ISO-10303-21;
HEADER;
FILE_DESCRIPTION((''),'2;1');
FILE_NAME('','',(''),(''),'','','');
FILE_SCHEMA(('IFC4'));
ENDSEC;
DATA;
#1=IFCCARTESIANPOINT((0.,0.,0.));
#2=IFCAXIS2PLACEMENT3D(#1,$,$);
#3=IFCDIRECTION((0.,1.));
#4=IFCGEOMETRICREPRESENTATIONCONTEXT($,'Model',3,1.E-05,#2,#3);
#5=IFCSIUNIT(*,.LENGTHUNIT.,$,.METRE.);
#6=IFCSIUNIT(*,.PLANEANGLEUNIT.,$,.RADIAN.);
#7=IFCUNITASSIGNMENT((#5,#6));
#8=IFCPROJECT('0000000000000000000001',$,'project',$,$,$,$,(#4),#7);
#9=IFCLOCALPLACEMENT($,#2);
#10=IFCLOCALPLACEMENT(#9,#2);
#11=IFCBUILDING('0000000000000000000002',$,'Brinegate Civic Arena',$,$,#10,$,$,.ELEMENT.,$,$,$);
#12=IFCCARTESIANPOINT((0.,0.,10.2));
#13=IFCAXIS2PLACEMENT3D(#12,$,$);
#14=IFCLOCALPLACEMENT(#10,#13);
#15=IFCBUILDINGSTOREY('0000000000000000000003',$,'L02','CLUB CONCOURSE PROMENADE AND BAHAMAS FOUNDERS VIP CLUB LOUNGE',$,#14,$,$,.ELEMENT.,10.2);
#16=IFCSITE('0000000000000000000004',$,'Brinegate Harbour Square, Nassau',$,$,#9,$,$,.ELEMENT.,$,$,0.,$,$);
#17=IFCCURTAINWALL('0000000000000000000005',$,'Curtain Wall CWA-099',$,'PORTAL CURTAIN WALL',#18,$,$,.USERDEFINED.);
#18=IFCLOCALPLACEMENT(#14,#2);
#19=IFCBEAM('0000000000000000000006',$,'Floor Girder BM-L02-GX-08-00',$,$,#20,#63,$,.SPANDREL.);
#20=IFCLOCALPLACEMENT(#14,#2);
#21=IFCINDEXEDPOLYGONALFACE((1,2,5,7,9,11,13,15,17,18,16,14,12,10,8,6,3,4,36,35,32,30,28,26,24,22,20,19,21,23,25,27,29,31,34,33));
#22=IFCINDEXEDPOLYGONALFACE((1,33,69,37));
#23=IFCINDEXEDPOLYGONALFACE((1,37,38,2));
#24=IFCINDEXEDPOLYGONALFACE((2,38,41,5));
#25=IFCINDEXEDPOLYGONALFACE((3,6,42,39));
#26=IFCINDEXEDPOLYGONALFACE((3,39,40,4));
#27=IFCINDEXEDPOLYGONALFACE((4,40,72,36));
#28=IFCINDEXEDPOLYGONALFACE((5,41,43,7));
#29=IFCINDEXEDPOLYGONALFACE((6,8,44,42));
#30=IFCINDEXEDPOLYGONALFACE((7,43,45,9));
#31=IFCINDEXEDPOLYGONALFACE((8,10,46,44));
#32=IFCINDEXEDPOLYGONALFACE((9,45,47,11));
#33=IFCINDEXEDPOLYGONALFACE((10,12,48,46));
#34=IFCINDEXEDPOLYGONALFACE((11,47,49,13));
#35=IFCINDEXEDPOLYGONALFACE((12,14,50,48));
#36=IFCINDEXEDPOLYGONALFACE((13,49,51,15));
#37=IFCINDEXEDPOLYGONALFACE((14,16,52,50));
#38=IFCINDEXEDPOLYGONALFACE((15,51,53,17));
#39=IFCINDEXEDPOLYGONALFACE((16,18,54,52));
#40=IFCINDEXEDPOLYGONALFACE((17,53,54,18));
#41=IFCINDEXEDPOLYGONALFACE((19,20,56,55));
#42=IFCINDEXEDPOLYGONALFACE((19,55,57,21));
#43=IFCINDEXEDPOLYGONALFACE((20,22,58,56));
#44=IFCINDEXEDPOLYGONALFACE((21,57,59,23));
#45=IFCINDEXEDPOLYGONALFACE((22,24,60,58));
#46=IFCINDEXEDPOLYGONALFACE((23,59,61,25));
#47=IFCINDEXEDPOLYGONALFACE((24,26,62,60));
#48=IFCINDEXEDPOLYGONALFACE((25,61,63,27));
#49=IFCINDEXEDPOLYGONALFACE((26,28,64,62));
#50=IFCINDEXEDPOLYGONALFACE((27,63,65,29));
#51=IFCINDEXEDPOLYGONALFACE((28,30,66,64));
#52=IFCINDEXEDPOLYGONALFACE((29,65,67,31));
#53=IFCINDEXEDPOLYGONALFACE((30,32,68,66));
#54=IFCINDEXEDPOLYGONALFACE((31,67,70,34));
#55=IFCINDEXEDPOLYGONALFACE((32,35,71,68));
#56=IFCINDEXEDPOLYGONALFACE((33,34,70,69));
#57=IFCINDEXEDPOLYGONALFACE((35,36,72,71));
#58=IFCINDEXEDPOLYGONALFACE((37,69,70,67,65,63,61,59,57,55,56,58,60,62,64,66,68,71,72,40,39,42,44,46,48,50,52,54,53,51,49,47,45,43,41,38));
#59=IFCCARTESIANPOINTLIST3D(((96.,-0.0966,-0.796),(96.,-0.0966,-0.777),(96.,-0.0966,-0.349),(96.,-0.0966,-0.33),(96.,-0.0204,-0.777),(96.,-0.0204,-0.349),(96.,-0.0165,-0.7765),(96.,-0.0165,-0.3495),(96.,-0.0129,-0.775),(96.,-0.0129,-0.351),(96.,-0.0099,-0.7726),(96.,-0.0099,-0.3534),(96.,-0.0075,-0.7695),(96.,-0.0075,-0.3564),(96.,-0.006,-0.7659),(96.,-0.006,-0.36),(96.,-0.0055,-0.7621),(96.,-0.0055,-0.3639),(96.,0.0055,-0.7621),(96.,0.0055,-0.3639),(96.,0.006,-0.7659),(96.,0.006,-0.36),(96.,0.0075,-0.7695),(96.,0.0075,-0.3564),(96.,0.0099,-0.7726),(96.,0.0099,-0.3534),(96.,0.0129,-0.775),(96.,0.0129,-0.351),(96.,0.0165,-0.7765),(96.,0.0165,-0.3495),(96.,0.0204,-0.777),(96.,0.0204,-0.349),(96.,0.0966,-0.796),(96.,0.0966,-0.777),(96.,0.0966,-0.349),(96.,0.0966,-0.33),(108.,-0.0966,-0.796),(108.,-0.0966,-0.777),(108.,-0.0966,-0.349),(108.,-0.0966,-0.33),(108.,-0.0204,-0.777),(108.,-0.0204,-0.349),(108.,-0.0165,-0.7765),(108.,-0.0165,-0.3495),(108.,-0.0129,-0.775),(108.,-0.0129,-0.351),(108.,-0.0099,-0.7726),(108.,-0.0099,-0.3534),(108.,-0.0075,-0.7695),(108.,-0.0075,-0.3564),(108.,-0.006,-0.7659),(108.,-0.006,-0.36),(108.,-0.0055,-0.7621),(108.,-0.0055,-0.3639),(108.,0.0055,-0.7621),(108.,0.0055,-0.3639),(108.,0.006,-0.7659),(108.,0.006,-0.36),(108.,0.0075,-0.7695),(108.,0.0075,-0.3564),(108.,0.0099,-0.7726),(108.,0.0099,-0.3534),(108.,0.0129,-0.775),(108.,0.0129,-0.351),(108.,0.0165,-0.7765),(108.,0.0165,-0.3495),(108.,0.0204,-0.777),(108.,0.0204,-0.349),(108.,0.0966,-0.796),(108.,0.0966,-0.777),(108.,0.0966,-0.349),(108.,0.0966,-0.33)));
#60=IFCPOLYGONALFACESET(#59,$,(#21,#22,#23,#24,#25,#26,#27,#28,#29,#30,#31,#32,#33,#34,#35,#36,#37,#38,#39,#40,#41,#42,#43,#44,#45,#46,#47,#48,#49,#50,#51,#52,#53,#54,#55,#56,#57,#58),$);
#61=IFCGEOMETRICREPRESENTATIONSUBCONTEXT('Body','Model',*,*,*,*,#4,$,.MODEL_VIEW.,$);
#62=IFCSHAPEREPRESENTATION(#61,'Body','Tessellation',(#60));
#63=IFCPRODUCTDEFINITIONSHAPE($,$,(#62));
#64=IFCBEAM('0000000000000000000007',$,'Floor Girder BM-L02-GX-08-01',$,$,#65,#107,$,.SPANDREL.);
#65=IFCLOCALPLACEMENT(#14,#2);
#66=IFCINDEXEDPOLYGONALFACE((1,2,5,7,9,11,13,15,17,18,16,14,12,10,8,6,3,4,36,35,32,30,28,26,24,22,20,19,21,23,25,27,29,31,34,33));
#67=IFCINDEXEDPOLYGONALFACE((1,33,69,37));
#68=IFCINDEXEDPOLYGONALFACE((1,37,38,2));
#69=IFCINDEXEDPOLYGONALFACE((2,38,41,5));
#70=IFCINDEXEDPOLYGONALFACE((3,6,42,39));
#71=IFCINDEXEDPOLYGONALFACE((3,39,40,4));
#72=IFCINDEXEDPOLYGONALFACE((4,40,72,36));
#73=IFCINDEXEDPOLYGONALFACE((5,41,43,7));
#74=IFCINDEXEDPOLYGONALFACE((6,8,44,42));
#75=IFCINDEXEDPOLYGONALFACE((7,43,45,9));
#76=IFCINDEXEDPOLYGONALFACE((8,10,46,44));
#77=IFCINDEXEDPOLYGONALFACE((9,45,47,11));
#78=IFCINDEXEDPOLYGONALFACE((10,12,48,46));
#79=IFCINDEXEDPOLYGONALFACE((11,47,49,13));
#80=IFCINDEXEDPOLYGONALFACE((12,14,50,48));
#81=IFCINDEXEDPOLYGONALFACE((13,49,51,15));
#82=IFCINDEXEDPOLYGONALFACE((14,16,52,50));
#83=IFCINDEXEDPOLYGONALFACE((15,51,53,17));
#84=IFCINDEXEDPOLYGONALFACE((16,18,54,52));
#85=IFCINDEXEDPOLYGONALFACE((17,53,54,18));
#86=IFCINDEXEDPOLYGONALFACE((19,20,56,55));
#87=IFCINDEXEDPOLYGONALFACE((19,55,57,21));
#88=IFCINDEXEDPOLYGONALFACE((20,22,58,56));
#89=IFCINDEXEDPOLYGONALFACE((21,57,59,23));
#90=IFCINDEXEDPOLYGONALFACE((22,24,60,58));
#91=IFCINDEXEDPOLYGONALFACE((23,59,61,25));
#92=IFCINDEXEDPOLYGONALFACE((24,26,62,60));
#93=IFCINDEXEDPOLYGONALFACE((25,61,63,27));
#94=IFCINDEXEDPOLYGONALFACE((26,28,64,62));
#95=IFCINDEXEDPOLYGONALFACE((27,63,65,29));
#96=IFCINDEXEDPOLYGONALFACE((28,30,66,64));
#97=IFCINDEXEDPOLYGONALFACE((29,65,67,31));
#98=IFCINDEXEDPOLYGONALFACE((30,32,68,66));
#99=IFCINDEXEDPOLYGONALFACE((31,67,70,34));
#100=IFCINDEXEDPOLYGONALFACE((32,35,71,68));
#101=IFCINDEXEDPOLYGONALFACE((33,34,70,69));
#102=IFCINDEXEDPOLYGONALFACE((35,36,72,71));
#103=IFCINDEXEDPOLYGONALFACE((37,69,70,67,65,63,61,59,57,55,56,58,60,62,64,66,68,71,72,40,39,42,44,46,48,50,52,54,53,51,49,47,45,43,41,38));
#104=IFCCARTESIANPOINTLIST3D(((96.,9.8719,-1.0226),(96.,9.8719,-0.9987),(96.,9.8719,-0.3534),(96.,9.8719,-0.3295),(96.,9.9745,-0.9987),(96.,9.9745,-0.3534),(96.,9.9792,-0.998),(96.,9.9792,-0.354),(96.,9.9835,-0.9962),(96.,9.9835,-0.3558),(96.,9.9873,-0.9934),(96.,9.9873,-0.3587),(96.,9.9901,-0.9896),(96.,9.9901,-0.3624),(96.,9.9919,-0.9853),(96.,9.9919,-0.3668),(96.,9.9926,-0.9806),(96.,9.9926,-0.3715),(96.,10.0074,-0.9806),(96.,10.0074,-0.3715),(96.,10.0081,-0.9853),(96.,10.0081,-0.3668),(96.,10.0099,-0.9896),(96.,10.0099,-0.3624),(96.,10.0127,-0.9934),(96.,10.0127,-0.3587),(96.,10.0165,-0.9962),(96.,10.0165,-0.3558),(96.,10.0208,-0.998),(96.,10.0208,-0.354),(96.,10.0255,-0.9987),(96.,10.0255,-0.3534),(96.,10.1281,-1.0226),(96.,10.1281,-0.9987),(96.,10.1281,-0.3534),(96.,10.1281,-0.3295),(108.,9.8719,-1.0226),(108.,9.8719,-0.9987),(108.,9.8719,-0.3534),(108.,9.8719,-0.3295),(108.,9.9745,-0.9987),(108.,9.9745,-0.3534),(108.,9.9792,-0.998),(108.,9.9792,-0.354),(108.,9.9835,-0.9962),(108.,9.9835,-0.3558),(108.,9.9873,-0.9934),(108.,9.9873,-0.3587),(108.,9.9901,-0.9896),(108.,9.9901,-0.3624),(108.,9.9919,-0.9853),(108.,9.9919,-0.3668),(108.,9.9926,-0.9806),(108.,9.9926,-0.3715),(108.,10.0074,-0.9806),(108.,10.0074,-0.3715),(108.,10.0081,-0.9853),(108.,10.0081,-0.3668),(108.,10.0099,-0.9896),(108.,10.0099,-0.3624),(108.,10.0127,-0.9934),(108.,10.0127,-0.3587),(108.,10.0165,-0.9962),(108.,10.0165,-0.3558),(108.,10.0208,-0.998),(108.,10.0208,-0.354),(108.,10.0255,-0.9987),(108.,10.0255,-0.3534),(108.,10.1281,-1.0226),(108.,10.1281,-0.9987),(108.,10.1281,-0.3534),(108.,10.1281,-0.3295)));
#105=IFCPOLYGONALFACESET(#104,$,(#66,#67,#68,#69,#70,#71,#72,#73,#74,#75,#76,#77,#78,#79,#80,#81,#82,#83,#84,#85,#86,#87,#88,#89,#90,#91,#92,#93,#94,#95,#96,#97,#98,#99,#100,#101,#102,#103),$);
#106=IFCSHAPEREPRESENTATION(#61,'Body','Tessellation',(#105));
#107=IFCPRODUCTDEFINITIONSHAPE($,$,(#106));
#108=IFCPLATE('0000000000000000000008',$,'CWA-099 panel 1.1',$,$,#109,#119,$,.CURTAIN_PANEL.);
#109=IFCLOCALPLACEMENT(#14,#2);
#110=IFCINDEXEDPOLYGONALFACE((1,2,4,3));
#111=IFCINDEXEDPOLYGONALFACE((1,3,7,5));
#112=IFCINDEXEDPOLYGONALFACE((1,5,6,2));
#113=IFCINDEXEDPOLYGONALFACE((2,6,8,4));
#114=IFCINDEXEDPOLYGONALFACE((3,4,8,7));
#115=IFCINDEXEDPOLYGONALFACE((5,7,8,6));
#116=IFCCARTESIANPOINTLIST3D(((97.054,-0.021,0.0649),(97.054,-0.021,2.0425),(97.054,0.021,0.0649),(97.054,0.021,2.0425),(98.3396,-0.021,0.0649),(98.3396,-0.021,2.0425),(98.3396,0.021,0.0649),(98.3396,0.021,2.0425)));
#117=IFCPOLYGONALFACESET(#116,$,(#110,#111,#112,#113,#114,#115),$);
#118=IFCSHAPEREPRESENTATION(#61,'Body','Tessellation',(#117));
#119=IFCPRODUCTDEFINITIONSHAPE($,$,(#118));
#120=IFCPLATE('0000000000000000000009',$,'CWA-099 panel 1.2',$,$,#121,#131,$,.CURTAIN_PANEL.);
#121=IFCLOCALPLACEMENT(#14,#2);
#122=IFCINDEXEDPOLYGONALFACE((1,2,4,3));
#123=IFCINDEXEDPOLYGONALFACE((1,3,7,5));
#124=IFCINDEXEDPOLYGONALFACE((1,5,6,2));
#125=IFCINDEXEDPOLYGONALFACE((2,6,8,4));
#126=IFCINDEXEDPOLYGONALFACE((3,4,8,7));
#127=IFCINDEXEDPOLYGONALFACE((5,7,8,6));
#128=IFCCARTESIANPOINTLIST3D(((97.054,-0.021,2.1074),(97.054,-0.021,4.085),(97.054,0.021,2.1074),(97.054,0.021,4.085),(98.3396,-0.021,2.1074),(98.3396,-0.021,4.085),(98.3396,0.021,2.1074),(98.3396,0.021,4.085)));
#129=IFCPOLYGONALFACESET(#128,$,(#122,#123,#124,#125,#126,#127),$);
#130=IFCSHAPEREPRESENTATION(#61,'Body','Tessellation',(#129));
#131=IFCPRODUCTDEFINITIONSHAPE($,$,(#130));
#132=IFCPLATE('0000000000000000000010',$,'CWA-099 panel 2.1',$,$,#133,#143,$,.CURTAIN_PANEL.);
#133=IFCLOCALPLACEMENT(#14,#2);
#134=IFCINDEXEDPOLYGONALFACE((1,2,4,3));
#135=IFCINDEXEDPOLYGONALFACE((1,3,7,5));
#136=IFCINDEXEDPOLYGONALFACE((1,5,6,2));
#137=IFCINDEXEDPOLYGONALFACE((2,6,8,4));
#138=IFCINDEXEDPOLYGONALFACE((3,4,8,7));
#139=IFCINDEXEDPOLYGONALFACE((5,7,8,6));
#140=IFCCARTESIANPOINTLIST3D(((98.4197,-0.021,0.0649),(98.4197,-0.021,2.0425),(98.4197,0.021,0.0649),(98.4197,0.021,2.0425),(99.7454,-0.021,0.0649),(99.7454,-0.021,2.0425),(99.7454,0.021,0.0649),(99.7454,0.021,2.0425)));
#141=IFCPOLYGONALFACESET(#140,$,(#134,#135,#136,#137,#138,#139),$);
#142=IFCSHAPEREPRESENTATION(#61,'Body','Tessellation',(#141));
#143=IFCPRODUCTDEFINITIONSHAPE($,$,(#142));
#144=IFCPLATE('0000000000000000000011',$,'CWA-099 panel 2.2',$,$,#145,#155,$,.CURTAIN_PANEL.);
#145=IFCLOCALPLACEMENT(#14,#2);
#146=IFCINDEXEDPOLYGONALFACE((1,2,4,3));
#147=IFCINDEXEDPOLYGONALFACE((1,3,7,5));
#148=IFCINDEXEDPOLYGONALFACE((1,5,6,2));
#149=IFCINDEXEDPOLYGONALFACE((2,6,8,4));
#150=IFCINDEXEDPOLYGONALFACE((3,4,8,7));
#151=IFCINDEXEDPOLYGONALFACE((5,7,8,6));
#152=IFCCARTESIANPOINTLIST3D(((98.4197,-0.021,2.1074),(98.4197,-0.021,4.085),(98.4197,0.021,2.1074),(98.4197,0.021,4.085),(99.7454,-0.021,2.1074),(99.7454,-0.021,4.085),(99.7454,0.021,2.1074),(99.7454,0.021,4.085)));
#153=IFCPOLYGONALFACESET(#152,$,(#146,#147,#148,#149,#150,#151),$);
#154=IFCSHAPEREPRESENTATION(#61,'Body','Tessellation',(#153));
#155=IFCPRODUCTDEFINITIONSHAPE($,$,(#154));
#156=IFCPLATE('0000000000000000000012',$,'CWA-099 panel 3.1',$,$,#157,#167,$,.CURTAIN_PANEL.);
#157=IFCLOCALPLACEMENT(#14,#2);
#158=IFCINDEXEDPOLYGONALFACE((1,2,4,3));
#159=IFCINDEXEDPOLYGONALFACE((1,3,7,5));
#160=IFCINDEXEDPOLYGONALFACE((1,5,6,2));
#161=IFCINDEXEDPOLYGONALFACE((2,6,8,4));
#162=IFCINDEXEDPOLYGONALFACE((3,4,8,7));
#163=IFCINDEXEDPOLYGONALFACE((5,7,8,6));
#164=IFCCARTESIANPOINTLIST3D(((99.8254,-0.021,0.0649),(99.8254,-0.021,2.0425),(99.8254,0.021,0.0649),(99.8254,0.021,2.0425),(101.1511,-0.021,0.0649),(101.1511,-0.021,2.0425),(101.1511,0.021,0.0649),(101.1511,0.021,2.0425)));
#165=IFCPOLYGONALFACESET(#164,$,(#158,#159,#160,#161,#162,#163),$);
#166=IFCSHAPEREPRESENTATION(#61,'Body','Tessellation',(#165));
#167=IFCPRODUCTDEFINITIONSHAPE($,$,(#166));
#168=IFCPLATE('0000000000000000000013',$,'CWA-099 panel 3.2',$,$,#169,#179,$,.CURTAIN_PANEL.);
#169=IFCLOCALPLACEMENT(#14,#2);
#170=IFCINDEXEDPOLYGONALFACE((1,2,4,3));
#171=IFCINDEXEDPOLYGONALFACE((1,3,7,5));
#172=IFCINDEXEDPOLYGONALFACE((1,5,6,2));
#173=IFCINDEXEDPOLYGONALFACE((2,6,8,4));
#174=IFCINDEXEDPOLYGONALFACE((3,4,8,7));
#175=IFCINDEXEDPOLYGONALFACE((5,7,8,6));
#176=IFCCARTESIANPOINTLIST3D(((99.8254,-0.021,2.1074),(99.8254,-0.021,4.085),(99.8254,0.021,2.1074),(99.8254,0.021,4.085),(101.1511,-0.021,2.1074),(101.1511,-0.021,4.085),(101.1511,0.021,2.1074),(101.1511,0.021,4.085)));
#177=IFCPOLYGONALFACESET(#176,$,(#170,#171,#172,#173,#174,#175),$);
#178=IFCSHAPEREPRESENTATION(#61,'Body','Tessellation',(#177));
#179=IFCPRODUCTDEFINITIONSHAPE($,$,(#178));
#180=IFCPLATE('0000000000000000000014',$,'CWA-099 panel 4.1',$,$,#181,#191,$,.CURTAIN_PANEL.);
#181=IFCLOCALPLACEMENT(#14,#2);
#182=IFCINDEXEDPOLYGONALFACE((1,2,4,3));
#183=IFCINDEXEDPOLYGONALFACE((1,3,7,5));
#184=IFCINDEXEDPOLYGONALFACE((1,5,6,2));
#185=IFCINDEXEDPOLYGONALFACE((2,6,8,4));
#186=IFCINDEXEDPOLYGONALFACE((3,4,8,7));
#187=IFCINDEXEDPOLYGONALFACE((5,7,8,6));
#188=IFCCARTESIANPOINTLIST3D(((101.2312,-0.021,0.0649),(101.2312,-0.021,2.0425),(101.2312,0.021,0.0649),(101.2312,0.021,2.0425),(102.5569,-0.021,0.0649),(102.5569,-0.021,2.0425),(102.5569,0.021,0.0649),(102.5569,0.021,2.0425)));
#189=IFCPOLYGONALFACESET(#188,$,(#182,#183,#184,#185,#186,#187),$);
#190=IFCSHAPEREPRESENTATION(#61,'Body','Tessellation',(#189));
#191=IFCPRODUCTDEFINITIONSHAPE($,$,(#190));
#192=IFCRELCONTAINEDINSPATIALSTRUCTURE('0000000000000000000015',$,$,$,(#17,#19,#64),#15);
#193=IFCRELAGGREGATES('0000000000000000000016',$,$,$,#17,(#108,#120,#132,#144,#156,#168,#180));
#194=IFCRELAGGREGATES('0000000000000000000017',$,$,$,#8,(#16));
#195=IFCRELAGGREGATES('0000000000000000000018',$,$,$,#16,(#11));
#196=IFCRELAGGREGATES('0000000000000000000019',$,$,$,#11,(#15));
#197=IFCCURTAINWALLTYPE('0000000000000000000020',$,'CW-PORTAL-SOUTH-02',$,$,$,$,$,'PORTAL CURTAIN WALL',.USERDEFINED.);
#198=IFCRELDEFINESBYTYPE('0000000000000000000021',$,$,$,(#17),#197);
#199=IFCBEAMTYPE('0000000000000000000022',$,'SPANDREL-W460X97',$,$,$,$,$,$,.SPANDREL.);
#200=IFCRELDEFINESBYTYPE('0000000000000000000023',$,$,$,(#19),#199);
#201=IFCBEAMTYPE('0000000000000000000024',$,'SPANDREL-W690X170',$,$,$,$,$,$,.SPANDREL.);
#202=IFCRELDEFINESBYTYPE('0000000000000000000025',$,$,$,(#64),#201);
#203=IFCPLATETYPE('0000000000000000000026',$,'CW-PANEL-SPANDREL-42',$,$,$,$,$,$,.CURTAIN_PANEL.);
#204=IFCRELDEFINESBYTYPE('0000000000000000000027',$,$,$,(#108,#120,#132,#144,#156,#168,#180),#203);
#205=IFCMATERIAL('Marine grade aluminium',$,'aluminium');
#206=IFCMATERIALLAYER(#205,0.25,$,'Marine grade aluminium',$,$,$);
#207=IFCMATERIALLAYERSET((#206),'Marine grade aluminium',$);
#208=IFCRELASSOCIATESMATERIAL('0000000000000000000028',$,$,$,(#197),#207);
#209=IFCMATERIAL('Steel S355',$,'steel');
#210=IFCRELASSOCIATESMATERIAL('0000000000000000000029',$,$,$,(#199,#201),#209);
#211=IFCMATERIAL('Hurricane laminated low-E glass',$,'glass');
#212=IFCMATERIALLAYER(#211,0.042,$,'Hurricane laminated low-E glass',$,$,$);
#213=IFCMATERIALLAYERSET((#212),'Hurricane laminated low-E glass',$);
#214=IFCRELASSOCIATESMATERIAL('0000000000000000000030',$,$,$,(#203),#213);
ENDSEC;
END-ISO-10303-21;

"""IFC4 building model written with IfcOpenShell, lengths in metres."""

from ifc_helpers import new_model, si_unit, direction, frame, origin, origin_2d, place, context, subcontext, project, spatial, rectangle, i_section, extrude, material, layer, layer_set, material_profile, profile_set, type_object, element, aggregate, save


model = new_model("IFC4")

# Units and contexts
model_context = context("Model", 3, precision=1e-05, world=origin(), true_north=direction((0.0, 1.0)))
body_context = subcontext(model_context, "Body", "Model", "MODEL_VIEW")
ifc_project = project(units=[si_unit("LENGTHUNIT", "METRE"), si_unit("PLANEANGLEUNIT", "RADIAN")], contexts=[model_context])

# Site, building, storey
site_placement = place(None, origin())
site = spatial("IfcSite", under=ifc_project, at=site_placement, Name="Brinegate Harbour Square, Nassau", CompositionType="ELEMENT", RefElevation=0.0)
building_placement = place(site_placement, origin())
building = spatial("IfcBuilding", under=site, at=building_placement, Name="Brinegate Civic Arena", CompositionType="ELEMENT")
storey_placement = place(building_placement, frame((0.0, 0.0, 10.2)))
storey = spatial("IfcBuildingStorey", under=building, at=storey_placement, Name="L02", Description="CLUB CONCOURSE PROMENADE AND BAHAMAS FOUNDERS VIP CLUB LOUNGE", CompositionType="ELEMENT", Elevation=10.2)

# Shared definitions
ifc_material_1 = material(Name="Marine grade aluminium", Category="aluminium")
ifc_layer_1 = layer(ifc_material_1, 0.25, Name="Marine grade aluminium")
ifc_layer_set_1 = layer_set([ifc_layer_1], Name="Marine grade aluminium")
curtain_wall_type = type_object("IfcCurtainWallType", Name="CW-PORTAL-SOUTH-02", ElementType="PORTAL CURTAIN WALL", PredefinedType="USERDEFINED", material=ifc_layer_set_1)

# Curtain wall
curtain_wall_1_placement = place(storey_placement, origin())
curtain_wall_1 = element("IfcCurtainWall", 1, at=curtain_wall_1_placement, inside=storey, type_object=curtain_wall_type, Name="Curtain Wall CWA-099", ObjectType="PORTAL CURTAIN WALL", PredefinedType="USERDEFINED")

# Beams
ifc_material_2 = material(Name="Steel S355", Category="steel")
ifc_material_profile_1 = material_profile(ifc_material_2, i_section(OverallWidth=0.1931, OverallDepth=0.4661, WebThickness=0.011, FlangeThickness=0.019, FilletRadius=0.0149, at=origin_2d()), Name="W460X97")
ifc_profile_set_1 = profile_set([ifc_material_profile_1], Name="Steel S355")
beam_type_1 = type_object("IfcBeamType", Name="SPANDREL-W460X97", PredefinedType="SPANDREL", material=ifc_profile_set_1)
beam_1_placement = place(storey_placement, frame((96.0, 0.0, -0.563), z_axis=(1.0, 0.0, 0.0), x_axis=(0.0, 1.0, 0.0)))
element("IfcBeam", 2, at=beam_1_placement, inside=storey, type_object=beam_type_1, Name="Floor Girder BM-L02-GX-08-00", PredefinedType="SPANDREL", context=body_context, shape_type="SweptSolid", body=[
    extrude(i_section(OverallWidth=0.1931, OverallDepth=0.4661, WebThickness=0.011, FlangeThickness=0.019, FilletRadius=0.0149, at=origin_2d()), origin(), (0.0, 0.0, 1.0), 12.0),
])
ifc_material_profile_2 = material_profile(ifc_material_2, i_section(OverallWidth=0.2561, OverallDepth=0.6931, WebThickness=0.0149, FlangeThickness=0.0239, FilletRadius=0.0181, at=origin_2d()), Name="W690X170")
ifc_profile_set_2 = profile_set([ifc_material_profile_2], Name="Steel S355")
beam_type_2 = type_object("IfcBeamType", Name="SPANDREL-W690X170", PredefinedType="SPANDREL", material=ifc_profile_set_2)
beam_2_placement = place(storey_placement, frame((96.0, 10.0, -0.676), z_axis=(1.0, 0.0, 0.0), x_axis=(0.0, 1.0, 0.0)))
element("IfcBeam", 3, at=beam_2_placement, inside=storey, type_object=beam_type_2, Name="Floor Girder BM-L02-GX-08-01", PredefinedType="SPANDREL", context=body_context, shape_type="SweptSolid", body=[
    extrude(i_section(OverallWidth=0.2561, OverallDepth=0.6931, WebThickness=0.0149, FlangeThickness=0.0239, FilletRadius=0.0181, at=origin_2d()), origin(), (0.0, 0.0, 1.0), 12.0),
])

# Plates
ifc_material_3 = material(Name="Hurricane laminated low-E glass", Category="glass")
ifc_layer_2 = layer(ifc_material_3, 0.042, Name="Hurricane laminated low-E glass")
ifc_layer_set_2 = layer_set([ifc_layer_2], Name="Hurricane laminated low-E glass")
plate_type = type_object("IfcPlateType", Name="CW-PANEL-SPANDREL-42", PredefinedType="CURTAIN_PANEL", material=ifc_layer_set_2)
plate_1_placement = place(storey_placement, frame((97.6968, 0.0, 0.0649), z_axis=(0.0, 0.0, 1.0), x_axis=(1.0, 0.0, 0.0)))
plate_1 = element("IfcPlate", 4, at=plate_1_placement, type_object=plate_type, Name="CWA-099 panel 1.1", PredefinedType="CURTAIN_PANEL", context=body_context, shape_type="SweptSolid", body=[
    extrude(rectangle(XDim=1.2856, YDim=0.042, at=origin_2d()), origin(), (0.0, 0.0, 1.0), 1.9775),
])
plate_2_placement = place(storey_placement, frame((97.6968, 0.0, 2.1074), z_axis=(0.0, 0.0, 1.0), x_axis=(1.0, 0.0, 0.0)))
plate_2 = element("IfcPlate", 5, at=plate_2_placement, type_object=plate_type, Name="CWA-099 panel 1.2", PredefinedType="CURTAIN_PANEL", context=body_context, shape_type="SweptSolid", body=[
    extrude(rectangle(XDim=1.2856, YDim=0.042, at=origin_2d()), origin(), (0.0, 0.0, 1.0), 1.9775),
])
plate_3_placement = place(storey_placement, frame((99.0825, 0.0, 0.0649), z_axis=(0.0, 0.0, 1.0), x_axis=(1.0, 0.0, 0.0)))
plate_3 = element("IfcPlate", 6, at=plate_3_placement, type_object=plate_type, Name="CWA-099 panel 2.1", PredefinedType="CURTAIN_PANEL", context=body_context, shape_type="SweptSolid", body=[
    extrude(rectangle(XDim=1.3257, YDim=0.042, at=origin_2d()), origin(), (0.0, 0.0, 1.0), 1.9775),
])
plate_4_placement = place(storey_placement, frame((99.0825, 0.0, 2.1074), z_axis=(0.0, 0.0, 1.0), x_axis=(1.0, 0.0, 0.0)))
plate_4 = element("IfcPlate", 7, at=plate_4_placement, type_object=plate_type, Name="CWA-099 panel 2.2", PredefinedType="CURTAIN_PANEL", context=body_context, shape_type="SweptSolid", body=[
    extrude(rectangle(XDim=1.3257, YDim=0.042, at=origin_2d()), origin(), (0.0, 0.0, 1.0), 1.9775),
])
plate_5_placement = place(storey_placement, frame((100.4883, 0.0, 0.0649), z_axis=(0.0, 0.0, 1.0), x_axis=(1.0, 0.0, 0.0)))
plate_5 = element("IfcPlate", 8, at=plate_5_placement, type_object=plate_type, Name="CWA-099 panel 3.1", PredefinedType="CURTAIN_PANEL", context=body_context, shape_type="SweptSolid", body=[
    extrude(rectangle(XDim=1.3257, YDim=0.042, at=origin_2d()), origin(), (0.0, 0.0, 1.0), 1.9775),
])
plate_6_placement = place(storey_placement, frame((100.4883, 0.0, 2.1074), z_axis=(0.0, 0.0, 1.0), x_axis=(1.0, 0.0, 0.0)))
plate_6 = element("IfcPlate", 9, at=plate_6_placement, type_object=plate_type, Name="CWA-099 panel 3.2", PredefinedType="CURTAIN_PANEL", context=body_context, shape_type="SweptSolid", body=[
    extrude(rectangle(XDim=1.3257, YDim=0.042, at=origin_2d()), origin(), (0.0, 0.0, 1.0), 1.9775),
])
plate_7_placement = place(storey_placement, frame((101.894, 0.0, 0.0649), z_axis=(0.0, 0.0, 1.0), x_axis=(1.0, 0.0, 0.0)))
plate_7 = element("IfcPlate", 10, at=plate_7_placement, type_object=plate_type, Name="CWA-099 panel 4.1", PredefinedType="CURTAIN_PANEL", context=body_context, shape_type="SweptSolid", body=[
    extrude(rectangle(XDim=1.3257, YDim=0.042, at=origin_2d()), origin(), (0.0, 0.0, 1.0), 1.9775),
])
aggregate(curtain_wall_1, [plate_1, plate_2, plate_3, plate_4, plate_5, plate_6, plate_7])

save(model, "model.ifc")
